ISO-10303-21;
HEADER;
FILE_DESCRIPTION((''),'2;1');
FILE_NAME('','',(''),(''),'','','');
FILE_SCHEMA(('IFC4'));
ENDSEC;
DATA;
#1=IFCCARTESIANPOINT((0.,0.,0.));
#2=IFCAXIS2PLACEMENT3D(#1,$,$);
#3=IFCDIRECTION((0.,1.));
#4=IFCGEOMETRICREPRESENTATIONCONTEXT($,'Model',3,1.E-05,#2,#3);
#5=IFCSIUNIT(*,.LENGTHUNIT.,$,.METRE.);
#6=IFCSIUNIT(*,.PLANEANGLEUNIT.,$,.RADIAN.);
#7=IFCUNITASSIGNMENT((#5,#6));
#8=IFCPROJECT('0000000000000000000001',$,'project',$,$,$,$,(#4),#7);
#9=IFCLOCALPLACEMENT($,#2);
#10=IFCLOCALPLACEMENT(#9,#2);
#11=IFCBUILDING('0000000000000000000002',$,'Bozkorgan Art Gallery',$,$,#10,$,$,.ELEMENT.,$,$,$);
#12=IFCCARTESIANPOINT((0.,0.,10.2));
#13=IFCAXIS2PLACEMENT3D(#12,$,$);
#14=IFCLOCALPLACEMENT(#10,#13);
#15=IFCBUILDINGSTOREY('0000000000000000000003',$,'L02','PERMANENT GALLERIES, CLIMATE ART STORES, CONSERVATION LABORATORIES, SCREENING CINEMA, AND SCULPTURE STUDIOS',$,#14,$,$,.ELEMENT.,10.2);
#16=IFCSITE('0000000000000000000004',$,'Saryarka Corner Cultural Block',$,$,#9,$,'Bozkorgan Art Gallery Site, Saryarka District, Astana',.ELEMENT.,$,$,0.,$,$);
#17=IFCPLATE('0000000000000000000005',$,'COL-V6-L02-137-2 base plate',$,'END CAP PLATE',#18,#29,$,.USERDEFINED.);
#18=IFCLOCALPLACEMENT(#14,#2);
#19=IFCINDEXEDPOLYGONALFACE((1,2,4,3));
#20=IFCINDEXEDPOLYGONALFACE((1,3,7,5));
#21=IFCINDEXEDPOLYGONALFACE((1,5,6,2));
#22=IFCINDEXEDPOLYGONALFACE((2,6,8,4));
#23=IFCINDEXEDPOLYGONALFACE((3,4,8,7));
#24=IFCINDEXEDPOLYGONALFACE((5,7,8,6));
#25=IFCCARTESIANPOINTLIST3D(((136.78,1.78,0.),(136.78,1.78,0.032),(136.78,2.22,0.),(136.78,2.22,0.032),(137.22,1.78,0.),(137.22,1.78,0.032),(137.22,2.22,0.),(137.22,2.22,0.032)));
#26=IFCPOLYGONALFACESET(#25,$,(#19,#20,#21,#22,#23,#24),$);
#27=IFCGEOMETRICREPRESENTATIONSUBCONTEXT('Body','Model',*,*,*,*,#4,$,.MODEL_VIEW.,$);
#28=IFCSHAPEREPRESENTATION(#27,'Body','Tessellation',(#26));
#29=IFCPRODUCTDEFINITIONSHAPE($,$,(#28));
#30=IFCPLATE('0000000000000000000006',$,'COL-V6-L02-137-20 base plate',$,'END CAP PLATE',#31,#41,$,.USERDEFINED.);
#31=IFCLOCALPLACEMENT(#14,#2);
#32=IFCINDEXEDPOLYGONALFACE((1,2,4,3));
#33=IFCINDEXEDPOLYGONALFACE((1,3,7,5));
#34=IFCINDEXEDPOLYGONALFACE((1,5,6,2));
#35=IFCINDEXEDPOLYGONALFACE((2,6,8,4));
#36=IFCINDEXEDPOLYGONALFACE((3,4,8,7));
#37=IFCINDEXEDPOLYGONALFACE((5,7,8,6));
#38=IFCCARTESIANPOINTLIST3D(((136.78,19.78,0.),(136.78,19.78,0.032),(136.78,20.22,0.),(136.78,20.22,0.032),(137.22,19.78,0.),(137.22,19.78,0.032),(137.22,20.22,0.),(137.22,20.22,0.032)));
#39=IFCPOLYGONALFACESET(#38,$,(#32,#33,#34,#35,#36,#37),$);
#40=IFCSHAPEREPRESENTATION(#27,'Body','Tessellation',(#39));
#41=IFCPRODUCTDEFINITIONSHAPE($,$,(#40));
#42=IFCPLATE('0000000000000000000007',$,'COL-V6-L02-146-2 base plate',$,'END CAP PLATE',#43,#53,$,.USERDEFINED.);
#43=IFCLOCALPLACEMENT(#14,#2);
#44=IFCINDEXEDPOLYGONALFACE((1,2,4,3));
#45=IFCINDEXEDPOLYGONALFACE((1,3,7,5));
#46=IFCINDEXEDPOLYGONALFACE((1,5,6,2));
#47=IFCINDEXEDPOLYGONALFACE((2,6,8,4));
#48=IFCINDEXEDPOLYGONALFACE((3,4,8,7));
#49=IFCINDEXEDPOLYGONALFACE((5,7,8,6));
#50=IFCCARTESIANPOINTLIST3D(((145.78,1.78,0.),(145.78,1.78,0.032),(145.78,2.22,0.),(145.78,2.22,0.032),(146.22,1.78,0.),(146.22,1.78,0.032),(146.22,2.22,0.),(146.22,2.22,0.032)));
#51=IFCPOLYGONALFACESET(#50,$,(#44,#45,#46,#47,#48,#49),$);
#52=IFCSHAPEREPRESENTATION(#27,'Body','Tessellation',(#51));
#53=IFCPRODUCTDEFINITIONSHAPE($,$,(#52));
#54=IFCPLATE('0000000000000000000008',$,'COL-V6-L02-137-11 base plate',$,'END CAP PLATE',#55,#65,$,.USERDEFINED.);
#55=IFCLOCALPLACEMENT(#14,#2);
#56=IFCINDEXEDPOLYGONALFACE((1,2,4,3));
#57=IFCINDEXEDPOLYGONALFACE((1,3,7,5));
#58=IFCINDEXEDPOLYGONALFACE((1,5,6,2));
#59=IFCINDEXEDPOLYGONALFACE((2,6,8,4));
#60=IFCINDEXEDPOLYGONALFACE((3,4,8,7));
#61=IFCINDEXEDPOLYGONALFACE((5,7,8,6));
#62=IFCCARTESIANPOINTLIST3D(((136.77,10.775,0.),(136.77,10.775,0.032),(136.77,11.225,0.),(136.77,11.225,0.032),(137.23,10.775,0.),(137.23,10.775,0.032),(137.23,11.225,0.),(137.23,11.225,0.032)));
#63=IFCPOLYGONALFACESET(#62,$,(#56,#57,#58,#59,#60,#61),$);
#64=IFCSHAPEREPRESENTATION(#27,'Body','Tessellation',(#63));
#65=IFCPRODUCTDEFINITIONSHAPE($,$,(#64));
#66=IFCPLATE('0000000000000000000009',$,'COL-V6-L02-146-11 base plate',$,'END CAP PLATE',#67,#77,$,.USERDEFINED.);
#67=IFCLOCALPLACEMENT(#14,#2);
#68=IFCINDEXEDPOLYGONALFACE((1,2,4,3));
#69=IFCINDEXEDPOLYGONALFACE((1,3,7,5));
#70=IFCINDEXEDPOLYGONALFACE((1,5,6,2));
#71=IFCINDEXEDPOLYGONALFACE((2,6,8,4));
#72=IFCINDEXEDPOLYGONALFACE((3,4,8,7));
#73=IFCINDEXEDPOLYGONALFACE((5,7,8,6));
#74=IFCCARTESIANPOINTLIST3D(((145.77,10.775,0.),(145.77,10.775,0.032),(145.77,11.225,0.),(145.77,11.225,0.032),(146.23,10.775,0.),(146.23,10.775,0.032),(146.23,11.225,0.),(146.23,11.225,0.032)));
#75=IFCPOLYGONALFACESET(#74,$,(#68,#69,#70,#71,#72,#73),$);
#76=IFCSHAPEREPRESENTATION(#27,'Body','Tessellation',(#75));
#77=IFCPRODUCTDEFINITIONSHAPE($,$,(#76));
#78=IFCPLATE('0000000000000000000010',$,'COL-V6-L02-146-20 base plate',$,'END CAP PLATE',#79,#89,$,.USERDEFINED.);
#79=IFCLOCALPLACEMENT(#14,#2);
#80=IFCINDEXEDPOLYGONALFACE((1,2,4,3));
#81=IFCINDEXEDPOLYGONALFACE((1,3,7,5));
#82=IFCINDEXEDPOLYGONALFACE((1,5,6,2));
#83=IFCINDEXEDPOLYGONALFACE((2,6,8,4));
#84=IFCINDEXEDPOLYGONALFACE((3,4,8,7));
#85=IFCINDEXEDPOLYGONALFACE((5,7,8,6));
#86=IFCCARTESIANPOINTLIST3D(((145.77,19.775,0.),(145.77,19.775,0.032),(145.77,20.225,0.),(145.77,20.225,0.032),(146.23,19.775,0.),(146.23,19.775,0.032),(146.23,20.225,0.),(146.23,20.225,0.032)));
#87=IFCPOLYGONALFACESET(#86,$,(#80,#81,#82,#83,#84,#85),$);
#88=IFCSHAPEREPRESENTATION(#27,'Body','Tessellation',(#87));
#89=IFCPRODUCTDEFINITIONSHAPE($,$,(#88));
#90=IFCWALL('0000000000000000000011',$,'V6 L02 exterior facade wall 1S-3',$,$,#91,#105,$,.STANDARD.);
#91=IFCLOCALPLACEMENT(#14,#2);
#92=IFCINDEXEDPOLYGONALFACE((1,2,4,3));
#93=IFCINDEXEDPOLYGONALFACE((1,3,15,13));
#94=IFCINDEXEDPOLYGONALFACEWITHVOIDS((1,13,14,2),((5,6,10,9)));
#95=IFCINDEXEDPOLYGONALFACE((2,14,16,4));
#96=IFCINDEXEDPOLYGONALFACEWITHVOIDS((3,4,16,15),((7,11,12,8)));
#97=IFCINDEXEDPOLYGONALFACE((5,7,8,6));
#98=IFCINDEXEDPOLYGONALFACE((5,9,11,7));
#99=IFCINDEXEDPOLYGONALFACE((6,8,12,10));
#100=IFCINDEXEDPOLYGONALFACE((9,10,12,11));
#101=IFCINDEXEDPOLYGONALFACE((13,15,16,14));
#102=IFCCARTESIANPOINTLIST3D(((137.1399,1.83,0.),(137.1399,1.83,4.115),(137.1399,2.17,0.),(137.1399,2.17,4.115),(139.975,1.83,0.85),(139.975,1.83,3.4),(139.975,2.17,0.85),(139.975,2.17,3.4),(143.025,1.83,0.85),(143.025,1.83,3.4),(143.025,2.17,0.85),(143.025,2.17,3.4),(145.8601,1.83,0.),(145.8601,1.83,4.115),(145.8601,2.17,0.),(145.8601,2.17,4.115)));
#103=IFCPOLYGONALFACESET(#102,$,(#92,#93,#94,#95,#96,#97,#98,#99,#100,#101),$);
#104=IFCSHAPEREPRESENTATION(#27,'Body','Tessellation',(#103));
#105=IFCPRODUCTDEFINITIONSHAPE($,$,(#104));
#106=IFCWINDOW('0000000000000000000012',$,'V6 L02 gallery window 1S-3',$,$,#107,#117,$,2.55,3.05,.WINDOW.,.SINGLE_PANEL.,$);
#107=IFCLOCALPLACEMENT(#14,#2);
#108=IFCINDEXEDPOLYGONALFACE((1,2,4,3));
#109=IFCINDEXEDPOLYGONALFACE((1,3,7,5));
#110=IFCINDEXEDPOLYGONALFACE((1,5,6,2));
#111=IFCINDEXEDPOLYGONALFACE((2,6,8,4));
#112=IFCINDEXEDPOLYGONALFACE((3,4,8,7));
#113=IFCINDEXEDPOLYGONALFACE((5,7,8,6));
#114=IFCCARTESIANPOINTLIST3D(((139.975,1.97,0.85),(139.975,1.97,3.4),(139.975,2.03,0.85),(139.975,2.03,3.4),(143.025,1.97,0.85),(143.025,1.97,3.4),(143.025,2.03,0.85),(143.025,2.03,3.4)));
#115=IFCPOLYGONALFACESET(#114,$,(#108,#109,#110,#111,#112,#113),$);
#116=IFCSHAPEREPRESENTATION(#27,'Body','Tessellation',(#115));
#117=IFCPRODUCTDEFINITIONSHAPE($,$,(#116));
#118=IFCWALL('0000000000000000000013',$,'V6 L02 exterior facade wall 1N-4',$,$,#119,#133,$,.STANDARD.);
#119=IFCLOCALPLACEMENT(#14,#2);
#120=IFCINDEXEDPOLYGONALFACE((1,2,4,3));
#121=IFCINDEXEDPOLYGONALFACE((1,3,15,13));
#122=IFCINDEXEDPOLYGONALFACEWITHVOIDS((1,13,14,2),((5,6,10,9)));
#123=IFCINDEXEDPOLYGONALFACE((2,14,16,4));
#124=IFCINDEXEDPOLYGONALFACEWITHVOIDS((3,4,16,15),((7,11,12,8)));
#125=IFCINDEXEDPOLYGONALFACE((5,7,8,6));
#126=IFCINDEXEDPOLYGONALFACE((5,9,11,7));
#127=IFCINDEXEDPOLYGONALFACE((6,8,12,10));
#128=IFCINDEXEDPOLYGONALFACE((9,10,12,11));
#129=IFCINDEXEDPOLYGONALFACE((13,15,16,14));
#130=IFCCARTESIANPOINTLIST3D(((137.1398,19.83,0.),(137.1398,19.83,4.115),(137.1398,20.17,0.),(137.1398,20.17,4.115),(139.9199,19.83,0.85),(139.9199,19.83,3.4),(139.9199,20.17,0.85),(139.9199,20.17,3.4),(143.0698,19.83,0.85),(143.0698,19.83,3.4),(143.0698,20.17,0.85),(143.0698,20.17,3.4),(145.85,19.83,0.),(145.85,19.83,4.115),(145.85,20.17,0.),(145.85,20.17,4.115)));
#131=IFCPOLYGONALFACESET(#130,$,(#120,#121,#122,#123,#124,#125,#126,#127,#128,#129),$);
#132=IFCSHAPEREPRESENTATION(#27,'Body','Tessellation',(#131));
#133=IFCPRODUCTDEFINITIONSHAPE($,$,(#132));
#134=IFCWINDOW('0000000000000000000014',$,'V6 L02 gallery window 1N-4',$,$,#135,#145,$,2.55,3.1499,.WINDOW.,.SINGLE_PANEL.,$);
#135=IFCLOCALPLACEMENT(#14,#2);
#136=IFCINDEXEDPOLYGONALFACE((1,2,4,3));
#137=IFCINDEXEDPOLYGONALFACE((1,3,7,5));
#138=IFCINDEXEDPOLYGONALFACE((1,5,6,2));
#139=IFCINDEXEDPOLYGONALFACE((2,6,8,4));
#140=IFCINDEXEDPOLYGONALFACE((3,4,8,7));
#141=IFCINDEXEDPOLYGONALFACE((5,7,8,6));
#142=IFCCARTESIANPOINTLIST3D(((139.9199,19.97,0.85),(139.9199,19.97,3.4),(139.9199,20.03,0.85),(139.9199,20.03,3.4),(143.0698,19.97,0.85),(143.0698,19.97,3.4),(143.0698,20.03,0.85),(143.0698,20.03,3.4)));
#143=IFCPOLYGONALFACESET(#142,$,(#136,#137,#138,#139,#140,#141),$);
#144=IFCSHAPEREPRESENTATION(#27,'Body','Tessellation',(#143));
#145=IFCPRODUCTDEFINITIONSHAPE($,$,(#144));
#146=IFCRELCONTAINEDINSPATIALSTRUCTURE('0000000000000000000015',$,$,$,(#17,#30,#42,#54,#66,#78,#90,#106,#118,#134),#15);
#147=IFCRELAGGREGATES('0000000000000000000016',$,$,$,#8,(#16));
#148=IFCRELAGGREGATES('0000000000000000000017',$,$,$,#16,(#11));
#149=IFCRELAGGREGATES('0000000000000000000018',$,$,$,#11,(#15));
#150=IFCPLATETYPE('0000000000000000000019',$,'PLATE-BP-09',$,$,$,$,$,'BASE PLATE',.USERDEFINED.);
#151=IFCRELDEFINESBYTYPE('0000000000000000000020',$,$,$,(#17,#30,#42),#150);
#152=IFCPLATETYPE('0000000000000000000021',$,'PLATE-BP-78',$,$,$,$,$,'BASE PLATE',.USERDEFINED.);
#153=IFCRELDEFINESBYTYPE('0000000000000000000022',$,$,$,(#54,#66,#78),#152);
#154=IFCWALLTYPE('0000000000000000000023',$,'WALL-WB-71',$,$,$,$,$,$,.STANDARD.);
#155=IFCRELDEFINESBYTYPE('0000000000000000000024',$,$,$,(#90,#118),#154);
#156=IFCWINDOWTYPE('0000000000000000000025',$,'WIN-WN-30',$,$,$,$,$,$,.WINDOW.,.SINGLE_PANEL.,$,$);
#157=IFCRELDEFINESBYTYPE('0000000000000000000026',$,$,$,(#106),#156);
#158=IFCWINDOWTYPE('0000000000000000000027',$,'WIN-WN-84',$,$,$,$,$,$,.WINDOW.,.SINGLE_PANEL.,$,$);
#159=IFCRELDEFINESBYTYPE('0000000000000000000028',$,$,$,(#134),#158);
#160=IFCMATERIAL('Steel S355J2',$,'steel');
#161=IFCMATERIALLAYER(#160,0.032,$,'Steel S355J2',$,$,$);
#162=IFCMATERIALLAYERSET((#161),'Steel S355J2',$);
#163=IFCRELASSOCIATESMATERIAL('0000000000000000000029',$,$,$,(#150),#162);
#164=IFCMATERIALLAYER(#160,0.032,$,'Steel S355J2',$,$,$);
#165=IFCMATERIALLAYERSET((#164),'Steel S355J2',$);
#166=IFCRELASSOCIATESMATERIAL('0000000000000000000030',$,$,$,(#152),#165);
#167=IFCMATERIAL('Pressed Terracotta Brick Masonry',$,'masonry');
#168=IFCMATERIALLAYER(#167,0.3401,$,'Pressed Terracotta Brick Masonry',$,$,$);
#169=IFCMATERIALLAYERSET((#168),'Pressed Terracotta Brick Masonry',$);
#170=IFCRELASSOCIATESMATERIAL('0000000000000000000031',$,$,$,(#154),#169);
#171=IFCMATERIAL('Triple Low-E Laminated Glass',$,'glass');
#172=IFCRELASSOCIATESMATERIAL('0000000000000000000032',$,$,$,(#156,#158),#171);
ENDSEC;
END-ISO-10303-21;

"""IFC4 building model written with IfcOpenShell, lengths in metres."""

from ifc_helpers import new_model, si_unit, direction, frame, frame_2d, origin, origin_2d, place, context, subcontext, project, spatial, rectangle, extrude, material, layer, layer_set, type_object, element, fill, save


model = new_model("IFC4")

# Units and contexts
model_context = context("Model", 3, precision=1e-05, world=origin(), true_north=direction((0.0, 1.0)))
body_context = subcontext(model_context, "Body", "Model", "MODEL_VIEW")
ifc_project = project(units=[si_unit("LENGTHUNIT", "METRE"), si_unit("PLANEANGLEUNIT", "RADIAN")], contexts=[model_context])

# Site, building, storey
site_placement = place(None, origin())
site = spatial("IfcSite", under=ifc_project, at=site_placement, Name="Saryarka Corner Cultural Block", LongName="Bozkorgan Art Gallery Site, Saryarka District, Astana", CompositionType="ELEMENT", RefElevation=0.0)
building_placement = place(site_placement, origin())
building = spatial("IfcBuilding", under=site, at=building_placement, Name="Bozkorgan Art Gallery", CompositionType="ELEMENT")
storey_placement = place(building_placement, frame((0.0, 0.0, 10.2)))
storey = spatial("IfcBuildingStorey", under=building, at=storey_placement, Name="L02", Description="PERMANENT GALLERIES, CLIMATE ART STORES, CONSERVATION LABORATORIES, SCREENING CINEMA, AND SCULPTURE STUDIOS", CompositionType="ELEMENT", Elevation=10.2)

# Shared definitions
ifc_material_1 = material(Name="Steel S355J2", Category="steel")

# Plates
ifc_layer_1 = layer(ifc_material_1, 0.032, Name="Steel S355J2")
ifc_layer_set_1 = layer_set([ifc_layer_1], Name="Steel S355J2")
plate_type_1 = type_object("IfcPlateType", Name="PLATE-BP-09", ElementType="BASE PLATE", PredefinedType="USERDEFINED", material=ifc_layer_set_1)
for number, where, z_axis, x_axis, name in (
    (1, (137.0, 2.0, 0.0), (0.0, 0.0, 1.0), (1.0, 0.0, 0.0), "COL-V6-L02-137-2 base plate"),
    (2, (137.0, 20.0, 0.0), (0.0, 0.0, 1.0), (1.0, 0.0, 0.0), "COL-V6-L02-137-20 base plate"),
    (3, (146.0, 2.0, 0.0), (0.0, 0.0, 1.0), (1.0, 0.0, 0.0), "COL-V6-L02-146-2 base plate"),
):
    element("IfcPlate", number, at=place(storey_placement, frame(where, z_axis=z_axis, x_axis=x_axis)), inside=storey, type_object=plate_type_1, Name=name, ObjectType="END CAP PLATE", PredefinedType="USERDEFINED", context=body_context, shape_type="SweptSolid", body=[
        extrude(rectangle(XDim=0.4399, YDim=0.4399, at=origin_2d()), origin(), (0.0, 0.0, 1.0), 0.032),
    ])
ifc_layer_2 = layer(ifc_material_1, 0.032, Name="Steel S355J2")
ifc_layer_set_2 = layer_set([ifc_layer_2], Name="Steel S355J2")
plate_type_2 = type_object("IfcPlateType", Name="PLATE-BP-78", ElementType="BASE PLATE", PredefinedType="USERDEFINED", material=ifc_layer_set_2)
for number, where, z_axis, x_axis, name in (
    (4, (137.0, 11.0, 0.0), (0.0, 0.0, 1.0), (1.0, 0.0, 0.0), "COL-V6-L02-137-11 base plate"),
    (5, (146.0, 11.0, 0.0), (0.0, 0.0, 1.0), (1.0, 0.0, 0.0), "COL-V6-L02-146-11 base plate"),
    (6, (146.0, 20.0, 0.0), (0.0, 0.0, 1.0), (1.0, 0.0, 0.0), "COL-V6-L02-146-20 base plate"),
):
    element("IfcPlate", number, at=place(storey_placement, frame(where, z_axis=z_axis, x_axis=x_axis)), inside=storey, type_object=plate_type_2, Name=name, ObjectType="END CAP PLATE", PredefinedType="USERDEFINED", context=body_context, shape_type="SweptSolid", body=[
        extrude(rectangle(XDim=0.46, YDim=0.45, at=origin_2d()), origin(), (0.0, 0.0, 1.0), 0.032),
    ])

# Walls, openings, windows
ifc_material_2 = material(Name="Pressed Terracotta Brick Masonry", Category="masonry")
ifc_layer_3 = layer(ifc_material_2, 0.3401, Name="Pressed Terracotta Brick Masonry")
ifc_layer_set_3 = layer_set([ifc_layer_3], Name="Pressed Terracotta Brick Masonry")
wall_type = type_object("IfcWallType", Name="WALL-WB-71", PredefinedType="STANDARD", material=ifc_layer_set_3)
wall_1_placement = place(storey_placement, frame((137.1399, 2.0, 0.0), z_axis=(0.0, 0.0, 1.0), x_axis=(1.0, 0.0, 0.0)))
wall_1 = element("IfcWall", 7, at=wall_1_placement, inside=storey, type_object=wall_type, Name="V6 L02 exterior facade wall 1S-3", PredefinedType="STANDARD", context=body_context, shape_type="SweptSolid", body=[
    extrude(rectangle(XDim=8.7202, YDim=0.3401, at=frame_2d((4.3601, 0.0))), origin(), (0.0, 0.0, 1.0), 4.115),
])
opening_1_placement = place(wall_1_placement, frame((5.885, 0.0, 0.8501), z_axis=(0.0, 0.0, 1.0), x_axis=(-1.0, 0.0, 0.0)))
opening_1 = element("IfcOpeningElement", 8, at=opening_1_placement, cuts=wall_1, PredefinedType="OPENING", context=body_context, shape_type="SweptSolid", body=[
    extrude(rectangle(XDim=3.05, YDim=2.55, at=frame_2d((1.5249, 1.2749))), frame((0.0, 0.1802, 0.0), z_axis=(0.0, -1.0, 0.0), x_axis=(1.0, 0.0, 0.0)), (0.0, 0.0, 1.0), 0.3601),
])
ifc_material_3 = material(Name="Triple Low-E Laminated Glass", Category="glass")
window_type_1 = type_object("IfcWindowType", Name="WIN-WN-30", PartitioningType="SINGLE_PANEL", PredefinedType="WINDOW", material=ifc_material_3)
window_1_placement = place(opening_1_placement, origin())
window_1 = element("IfcWindow", 9, at=window_1_placement, inside=storey, type_object=window_type_1, Name="V6 L02 gallery window 1S-3", OverallHeight=2.55, OverallWidth=3.05, PartitioningType="SINGLE_PANEL", PredefinedType="WINDOW", context=body_context, shape_type="SweptSolid", body=[
    extrude(rectangle(XDim=3.05, YDim=2.55, at=frame_2d((1.5249, 1.2749))), frame((0.0, 0.03, 0.0), z_axis=(0.0, -1.0, 0.0), x_axis=(1.0, 0.0, 0.0)), (0.0, 0.0, 1.0), 0.0601),
])
fill(opening_1, window_1)
wall_2_placement = place(storey_placement, frame((137.1399, 20.0, 0.0), z_axis=(0.0, 0.0, 1.0), x_axis=(1.0, 0.0, 0.0)))
wall_2 = element("IfcWall", 10, at=wall_2_placement, inside=storey, type_object=wall_type, Name="V6 L02 exterior facade wall 1N-4", PredefinedType="STANDARD", context=body_context, shape_type="SweptSolid", body=[
    extrude(rectangle(XDim=8.7102, YDim=0.3401, at=frame_2d((4.355, 0.0))), origin(), (0.0, 0.0, 1.0), 4.115),
])
opening_2_placement = place(wall_2_placement, frame((2.78, 0.0, 0.8501)))
opening_2 = element("IfcOpeningElement", 11, at=opening_2_placement, cuts=wall_2, PredefinedType="OPENING", context=body_context, shape_type="SweptSolid", body=[
    extrude(rectangle(XDim=3.1499, YDim=2.55, at=frame_2d((1.575, 1.2749))), frame((0.0, 0.1802, 0.0), z_axis=(0.0, -1.0, 0.0), x_axis=(1.0, 0.0, 0.0)), (0.0, 0.0, 1.0), 0.3601),
])
window_type_2 = type_object("IfcWindowType", Name="WIN-WN-84", PartitioningType="SINGLE_PANEL", PredefinedType="WINDOW", material=ifc_material_3)
window_2_placement = place(opening_2_placement, origin())
window_2 = element("IfcWindow", 12, at=window_2_placement, inside=storey, type_object=window_type_2, Name="V6 L02 gallery window 1N-4", OverallHeight=2.55, OverallWidth=3.1499, PartitioningType="SINGLE_PANEL", PredefinedType="WINDOW", context=body_context, shape_type="SweptSolid", body=[
    extrude(rectangle(XDim=3.1499, YDim=2.55, at=frame_2d((1.575, 1.2749))), frame((0.0, 0.03, 0.0), z_axis=(0.0, -1.0, 0.0), x_axis=(1.0, 0.0, 0.0)), (0.0, 0.0, 1.0), 0.0601),
])
fill(opening_2, window_2)

save(model, "model.ifc")
